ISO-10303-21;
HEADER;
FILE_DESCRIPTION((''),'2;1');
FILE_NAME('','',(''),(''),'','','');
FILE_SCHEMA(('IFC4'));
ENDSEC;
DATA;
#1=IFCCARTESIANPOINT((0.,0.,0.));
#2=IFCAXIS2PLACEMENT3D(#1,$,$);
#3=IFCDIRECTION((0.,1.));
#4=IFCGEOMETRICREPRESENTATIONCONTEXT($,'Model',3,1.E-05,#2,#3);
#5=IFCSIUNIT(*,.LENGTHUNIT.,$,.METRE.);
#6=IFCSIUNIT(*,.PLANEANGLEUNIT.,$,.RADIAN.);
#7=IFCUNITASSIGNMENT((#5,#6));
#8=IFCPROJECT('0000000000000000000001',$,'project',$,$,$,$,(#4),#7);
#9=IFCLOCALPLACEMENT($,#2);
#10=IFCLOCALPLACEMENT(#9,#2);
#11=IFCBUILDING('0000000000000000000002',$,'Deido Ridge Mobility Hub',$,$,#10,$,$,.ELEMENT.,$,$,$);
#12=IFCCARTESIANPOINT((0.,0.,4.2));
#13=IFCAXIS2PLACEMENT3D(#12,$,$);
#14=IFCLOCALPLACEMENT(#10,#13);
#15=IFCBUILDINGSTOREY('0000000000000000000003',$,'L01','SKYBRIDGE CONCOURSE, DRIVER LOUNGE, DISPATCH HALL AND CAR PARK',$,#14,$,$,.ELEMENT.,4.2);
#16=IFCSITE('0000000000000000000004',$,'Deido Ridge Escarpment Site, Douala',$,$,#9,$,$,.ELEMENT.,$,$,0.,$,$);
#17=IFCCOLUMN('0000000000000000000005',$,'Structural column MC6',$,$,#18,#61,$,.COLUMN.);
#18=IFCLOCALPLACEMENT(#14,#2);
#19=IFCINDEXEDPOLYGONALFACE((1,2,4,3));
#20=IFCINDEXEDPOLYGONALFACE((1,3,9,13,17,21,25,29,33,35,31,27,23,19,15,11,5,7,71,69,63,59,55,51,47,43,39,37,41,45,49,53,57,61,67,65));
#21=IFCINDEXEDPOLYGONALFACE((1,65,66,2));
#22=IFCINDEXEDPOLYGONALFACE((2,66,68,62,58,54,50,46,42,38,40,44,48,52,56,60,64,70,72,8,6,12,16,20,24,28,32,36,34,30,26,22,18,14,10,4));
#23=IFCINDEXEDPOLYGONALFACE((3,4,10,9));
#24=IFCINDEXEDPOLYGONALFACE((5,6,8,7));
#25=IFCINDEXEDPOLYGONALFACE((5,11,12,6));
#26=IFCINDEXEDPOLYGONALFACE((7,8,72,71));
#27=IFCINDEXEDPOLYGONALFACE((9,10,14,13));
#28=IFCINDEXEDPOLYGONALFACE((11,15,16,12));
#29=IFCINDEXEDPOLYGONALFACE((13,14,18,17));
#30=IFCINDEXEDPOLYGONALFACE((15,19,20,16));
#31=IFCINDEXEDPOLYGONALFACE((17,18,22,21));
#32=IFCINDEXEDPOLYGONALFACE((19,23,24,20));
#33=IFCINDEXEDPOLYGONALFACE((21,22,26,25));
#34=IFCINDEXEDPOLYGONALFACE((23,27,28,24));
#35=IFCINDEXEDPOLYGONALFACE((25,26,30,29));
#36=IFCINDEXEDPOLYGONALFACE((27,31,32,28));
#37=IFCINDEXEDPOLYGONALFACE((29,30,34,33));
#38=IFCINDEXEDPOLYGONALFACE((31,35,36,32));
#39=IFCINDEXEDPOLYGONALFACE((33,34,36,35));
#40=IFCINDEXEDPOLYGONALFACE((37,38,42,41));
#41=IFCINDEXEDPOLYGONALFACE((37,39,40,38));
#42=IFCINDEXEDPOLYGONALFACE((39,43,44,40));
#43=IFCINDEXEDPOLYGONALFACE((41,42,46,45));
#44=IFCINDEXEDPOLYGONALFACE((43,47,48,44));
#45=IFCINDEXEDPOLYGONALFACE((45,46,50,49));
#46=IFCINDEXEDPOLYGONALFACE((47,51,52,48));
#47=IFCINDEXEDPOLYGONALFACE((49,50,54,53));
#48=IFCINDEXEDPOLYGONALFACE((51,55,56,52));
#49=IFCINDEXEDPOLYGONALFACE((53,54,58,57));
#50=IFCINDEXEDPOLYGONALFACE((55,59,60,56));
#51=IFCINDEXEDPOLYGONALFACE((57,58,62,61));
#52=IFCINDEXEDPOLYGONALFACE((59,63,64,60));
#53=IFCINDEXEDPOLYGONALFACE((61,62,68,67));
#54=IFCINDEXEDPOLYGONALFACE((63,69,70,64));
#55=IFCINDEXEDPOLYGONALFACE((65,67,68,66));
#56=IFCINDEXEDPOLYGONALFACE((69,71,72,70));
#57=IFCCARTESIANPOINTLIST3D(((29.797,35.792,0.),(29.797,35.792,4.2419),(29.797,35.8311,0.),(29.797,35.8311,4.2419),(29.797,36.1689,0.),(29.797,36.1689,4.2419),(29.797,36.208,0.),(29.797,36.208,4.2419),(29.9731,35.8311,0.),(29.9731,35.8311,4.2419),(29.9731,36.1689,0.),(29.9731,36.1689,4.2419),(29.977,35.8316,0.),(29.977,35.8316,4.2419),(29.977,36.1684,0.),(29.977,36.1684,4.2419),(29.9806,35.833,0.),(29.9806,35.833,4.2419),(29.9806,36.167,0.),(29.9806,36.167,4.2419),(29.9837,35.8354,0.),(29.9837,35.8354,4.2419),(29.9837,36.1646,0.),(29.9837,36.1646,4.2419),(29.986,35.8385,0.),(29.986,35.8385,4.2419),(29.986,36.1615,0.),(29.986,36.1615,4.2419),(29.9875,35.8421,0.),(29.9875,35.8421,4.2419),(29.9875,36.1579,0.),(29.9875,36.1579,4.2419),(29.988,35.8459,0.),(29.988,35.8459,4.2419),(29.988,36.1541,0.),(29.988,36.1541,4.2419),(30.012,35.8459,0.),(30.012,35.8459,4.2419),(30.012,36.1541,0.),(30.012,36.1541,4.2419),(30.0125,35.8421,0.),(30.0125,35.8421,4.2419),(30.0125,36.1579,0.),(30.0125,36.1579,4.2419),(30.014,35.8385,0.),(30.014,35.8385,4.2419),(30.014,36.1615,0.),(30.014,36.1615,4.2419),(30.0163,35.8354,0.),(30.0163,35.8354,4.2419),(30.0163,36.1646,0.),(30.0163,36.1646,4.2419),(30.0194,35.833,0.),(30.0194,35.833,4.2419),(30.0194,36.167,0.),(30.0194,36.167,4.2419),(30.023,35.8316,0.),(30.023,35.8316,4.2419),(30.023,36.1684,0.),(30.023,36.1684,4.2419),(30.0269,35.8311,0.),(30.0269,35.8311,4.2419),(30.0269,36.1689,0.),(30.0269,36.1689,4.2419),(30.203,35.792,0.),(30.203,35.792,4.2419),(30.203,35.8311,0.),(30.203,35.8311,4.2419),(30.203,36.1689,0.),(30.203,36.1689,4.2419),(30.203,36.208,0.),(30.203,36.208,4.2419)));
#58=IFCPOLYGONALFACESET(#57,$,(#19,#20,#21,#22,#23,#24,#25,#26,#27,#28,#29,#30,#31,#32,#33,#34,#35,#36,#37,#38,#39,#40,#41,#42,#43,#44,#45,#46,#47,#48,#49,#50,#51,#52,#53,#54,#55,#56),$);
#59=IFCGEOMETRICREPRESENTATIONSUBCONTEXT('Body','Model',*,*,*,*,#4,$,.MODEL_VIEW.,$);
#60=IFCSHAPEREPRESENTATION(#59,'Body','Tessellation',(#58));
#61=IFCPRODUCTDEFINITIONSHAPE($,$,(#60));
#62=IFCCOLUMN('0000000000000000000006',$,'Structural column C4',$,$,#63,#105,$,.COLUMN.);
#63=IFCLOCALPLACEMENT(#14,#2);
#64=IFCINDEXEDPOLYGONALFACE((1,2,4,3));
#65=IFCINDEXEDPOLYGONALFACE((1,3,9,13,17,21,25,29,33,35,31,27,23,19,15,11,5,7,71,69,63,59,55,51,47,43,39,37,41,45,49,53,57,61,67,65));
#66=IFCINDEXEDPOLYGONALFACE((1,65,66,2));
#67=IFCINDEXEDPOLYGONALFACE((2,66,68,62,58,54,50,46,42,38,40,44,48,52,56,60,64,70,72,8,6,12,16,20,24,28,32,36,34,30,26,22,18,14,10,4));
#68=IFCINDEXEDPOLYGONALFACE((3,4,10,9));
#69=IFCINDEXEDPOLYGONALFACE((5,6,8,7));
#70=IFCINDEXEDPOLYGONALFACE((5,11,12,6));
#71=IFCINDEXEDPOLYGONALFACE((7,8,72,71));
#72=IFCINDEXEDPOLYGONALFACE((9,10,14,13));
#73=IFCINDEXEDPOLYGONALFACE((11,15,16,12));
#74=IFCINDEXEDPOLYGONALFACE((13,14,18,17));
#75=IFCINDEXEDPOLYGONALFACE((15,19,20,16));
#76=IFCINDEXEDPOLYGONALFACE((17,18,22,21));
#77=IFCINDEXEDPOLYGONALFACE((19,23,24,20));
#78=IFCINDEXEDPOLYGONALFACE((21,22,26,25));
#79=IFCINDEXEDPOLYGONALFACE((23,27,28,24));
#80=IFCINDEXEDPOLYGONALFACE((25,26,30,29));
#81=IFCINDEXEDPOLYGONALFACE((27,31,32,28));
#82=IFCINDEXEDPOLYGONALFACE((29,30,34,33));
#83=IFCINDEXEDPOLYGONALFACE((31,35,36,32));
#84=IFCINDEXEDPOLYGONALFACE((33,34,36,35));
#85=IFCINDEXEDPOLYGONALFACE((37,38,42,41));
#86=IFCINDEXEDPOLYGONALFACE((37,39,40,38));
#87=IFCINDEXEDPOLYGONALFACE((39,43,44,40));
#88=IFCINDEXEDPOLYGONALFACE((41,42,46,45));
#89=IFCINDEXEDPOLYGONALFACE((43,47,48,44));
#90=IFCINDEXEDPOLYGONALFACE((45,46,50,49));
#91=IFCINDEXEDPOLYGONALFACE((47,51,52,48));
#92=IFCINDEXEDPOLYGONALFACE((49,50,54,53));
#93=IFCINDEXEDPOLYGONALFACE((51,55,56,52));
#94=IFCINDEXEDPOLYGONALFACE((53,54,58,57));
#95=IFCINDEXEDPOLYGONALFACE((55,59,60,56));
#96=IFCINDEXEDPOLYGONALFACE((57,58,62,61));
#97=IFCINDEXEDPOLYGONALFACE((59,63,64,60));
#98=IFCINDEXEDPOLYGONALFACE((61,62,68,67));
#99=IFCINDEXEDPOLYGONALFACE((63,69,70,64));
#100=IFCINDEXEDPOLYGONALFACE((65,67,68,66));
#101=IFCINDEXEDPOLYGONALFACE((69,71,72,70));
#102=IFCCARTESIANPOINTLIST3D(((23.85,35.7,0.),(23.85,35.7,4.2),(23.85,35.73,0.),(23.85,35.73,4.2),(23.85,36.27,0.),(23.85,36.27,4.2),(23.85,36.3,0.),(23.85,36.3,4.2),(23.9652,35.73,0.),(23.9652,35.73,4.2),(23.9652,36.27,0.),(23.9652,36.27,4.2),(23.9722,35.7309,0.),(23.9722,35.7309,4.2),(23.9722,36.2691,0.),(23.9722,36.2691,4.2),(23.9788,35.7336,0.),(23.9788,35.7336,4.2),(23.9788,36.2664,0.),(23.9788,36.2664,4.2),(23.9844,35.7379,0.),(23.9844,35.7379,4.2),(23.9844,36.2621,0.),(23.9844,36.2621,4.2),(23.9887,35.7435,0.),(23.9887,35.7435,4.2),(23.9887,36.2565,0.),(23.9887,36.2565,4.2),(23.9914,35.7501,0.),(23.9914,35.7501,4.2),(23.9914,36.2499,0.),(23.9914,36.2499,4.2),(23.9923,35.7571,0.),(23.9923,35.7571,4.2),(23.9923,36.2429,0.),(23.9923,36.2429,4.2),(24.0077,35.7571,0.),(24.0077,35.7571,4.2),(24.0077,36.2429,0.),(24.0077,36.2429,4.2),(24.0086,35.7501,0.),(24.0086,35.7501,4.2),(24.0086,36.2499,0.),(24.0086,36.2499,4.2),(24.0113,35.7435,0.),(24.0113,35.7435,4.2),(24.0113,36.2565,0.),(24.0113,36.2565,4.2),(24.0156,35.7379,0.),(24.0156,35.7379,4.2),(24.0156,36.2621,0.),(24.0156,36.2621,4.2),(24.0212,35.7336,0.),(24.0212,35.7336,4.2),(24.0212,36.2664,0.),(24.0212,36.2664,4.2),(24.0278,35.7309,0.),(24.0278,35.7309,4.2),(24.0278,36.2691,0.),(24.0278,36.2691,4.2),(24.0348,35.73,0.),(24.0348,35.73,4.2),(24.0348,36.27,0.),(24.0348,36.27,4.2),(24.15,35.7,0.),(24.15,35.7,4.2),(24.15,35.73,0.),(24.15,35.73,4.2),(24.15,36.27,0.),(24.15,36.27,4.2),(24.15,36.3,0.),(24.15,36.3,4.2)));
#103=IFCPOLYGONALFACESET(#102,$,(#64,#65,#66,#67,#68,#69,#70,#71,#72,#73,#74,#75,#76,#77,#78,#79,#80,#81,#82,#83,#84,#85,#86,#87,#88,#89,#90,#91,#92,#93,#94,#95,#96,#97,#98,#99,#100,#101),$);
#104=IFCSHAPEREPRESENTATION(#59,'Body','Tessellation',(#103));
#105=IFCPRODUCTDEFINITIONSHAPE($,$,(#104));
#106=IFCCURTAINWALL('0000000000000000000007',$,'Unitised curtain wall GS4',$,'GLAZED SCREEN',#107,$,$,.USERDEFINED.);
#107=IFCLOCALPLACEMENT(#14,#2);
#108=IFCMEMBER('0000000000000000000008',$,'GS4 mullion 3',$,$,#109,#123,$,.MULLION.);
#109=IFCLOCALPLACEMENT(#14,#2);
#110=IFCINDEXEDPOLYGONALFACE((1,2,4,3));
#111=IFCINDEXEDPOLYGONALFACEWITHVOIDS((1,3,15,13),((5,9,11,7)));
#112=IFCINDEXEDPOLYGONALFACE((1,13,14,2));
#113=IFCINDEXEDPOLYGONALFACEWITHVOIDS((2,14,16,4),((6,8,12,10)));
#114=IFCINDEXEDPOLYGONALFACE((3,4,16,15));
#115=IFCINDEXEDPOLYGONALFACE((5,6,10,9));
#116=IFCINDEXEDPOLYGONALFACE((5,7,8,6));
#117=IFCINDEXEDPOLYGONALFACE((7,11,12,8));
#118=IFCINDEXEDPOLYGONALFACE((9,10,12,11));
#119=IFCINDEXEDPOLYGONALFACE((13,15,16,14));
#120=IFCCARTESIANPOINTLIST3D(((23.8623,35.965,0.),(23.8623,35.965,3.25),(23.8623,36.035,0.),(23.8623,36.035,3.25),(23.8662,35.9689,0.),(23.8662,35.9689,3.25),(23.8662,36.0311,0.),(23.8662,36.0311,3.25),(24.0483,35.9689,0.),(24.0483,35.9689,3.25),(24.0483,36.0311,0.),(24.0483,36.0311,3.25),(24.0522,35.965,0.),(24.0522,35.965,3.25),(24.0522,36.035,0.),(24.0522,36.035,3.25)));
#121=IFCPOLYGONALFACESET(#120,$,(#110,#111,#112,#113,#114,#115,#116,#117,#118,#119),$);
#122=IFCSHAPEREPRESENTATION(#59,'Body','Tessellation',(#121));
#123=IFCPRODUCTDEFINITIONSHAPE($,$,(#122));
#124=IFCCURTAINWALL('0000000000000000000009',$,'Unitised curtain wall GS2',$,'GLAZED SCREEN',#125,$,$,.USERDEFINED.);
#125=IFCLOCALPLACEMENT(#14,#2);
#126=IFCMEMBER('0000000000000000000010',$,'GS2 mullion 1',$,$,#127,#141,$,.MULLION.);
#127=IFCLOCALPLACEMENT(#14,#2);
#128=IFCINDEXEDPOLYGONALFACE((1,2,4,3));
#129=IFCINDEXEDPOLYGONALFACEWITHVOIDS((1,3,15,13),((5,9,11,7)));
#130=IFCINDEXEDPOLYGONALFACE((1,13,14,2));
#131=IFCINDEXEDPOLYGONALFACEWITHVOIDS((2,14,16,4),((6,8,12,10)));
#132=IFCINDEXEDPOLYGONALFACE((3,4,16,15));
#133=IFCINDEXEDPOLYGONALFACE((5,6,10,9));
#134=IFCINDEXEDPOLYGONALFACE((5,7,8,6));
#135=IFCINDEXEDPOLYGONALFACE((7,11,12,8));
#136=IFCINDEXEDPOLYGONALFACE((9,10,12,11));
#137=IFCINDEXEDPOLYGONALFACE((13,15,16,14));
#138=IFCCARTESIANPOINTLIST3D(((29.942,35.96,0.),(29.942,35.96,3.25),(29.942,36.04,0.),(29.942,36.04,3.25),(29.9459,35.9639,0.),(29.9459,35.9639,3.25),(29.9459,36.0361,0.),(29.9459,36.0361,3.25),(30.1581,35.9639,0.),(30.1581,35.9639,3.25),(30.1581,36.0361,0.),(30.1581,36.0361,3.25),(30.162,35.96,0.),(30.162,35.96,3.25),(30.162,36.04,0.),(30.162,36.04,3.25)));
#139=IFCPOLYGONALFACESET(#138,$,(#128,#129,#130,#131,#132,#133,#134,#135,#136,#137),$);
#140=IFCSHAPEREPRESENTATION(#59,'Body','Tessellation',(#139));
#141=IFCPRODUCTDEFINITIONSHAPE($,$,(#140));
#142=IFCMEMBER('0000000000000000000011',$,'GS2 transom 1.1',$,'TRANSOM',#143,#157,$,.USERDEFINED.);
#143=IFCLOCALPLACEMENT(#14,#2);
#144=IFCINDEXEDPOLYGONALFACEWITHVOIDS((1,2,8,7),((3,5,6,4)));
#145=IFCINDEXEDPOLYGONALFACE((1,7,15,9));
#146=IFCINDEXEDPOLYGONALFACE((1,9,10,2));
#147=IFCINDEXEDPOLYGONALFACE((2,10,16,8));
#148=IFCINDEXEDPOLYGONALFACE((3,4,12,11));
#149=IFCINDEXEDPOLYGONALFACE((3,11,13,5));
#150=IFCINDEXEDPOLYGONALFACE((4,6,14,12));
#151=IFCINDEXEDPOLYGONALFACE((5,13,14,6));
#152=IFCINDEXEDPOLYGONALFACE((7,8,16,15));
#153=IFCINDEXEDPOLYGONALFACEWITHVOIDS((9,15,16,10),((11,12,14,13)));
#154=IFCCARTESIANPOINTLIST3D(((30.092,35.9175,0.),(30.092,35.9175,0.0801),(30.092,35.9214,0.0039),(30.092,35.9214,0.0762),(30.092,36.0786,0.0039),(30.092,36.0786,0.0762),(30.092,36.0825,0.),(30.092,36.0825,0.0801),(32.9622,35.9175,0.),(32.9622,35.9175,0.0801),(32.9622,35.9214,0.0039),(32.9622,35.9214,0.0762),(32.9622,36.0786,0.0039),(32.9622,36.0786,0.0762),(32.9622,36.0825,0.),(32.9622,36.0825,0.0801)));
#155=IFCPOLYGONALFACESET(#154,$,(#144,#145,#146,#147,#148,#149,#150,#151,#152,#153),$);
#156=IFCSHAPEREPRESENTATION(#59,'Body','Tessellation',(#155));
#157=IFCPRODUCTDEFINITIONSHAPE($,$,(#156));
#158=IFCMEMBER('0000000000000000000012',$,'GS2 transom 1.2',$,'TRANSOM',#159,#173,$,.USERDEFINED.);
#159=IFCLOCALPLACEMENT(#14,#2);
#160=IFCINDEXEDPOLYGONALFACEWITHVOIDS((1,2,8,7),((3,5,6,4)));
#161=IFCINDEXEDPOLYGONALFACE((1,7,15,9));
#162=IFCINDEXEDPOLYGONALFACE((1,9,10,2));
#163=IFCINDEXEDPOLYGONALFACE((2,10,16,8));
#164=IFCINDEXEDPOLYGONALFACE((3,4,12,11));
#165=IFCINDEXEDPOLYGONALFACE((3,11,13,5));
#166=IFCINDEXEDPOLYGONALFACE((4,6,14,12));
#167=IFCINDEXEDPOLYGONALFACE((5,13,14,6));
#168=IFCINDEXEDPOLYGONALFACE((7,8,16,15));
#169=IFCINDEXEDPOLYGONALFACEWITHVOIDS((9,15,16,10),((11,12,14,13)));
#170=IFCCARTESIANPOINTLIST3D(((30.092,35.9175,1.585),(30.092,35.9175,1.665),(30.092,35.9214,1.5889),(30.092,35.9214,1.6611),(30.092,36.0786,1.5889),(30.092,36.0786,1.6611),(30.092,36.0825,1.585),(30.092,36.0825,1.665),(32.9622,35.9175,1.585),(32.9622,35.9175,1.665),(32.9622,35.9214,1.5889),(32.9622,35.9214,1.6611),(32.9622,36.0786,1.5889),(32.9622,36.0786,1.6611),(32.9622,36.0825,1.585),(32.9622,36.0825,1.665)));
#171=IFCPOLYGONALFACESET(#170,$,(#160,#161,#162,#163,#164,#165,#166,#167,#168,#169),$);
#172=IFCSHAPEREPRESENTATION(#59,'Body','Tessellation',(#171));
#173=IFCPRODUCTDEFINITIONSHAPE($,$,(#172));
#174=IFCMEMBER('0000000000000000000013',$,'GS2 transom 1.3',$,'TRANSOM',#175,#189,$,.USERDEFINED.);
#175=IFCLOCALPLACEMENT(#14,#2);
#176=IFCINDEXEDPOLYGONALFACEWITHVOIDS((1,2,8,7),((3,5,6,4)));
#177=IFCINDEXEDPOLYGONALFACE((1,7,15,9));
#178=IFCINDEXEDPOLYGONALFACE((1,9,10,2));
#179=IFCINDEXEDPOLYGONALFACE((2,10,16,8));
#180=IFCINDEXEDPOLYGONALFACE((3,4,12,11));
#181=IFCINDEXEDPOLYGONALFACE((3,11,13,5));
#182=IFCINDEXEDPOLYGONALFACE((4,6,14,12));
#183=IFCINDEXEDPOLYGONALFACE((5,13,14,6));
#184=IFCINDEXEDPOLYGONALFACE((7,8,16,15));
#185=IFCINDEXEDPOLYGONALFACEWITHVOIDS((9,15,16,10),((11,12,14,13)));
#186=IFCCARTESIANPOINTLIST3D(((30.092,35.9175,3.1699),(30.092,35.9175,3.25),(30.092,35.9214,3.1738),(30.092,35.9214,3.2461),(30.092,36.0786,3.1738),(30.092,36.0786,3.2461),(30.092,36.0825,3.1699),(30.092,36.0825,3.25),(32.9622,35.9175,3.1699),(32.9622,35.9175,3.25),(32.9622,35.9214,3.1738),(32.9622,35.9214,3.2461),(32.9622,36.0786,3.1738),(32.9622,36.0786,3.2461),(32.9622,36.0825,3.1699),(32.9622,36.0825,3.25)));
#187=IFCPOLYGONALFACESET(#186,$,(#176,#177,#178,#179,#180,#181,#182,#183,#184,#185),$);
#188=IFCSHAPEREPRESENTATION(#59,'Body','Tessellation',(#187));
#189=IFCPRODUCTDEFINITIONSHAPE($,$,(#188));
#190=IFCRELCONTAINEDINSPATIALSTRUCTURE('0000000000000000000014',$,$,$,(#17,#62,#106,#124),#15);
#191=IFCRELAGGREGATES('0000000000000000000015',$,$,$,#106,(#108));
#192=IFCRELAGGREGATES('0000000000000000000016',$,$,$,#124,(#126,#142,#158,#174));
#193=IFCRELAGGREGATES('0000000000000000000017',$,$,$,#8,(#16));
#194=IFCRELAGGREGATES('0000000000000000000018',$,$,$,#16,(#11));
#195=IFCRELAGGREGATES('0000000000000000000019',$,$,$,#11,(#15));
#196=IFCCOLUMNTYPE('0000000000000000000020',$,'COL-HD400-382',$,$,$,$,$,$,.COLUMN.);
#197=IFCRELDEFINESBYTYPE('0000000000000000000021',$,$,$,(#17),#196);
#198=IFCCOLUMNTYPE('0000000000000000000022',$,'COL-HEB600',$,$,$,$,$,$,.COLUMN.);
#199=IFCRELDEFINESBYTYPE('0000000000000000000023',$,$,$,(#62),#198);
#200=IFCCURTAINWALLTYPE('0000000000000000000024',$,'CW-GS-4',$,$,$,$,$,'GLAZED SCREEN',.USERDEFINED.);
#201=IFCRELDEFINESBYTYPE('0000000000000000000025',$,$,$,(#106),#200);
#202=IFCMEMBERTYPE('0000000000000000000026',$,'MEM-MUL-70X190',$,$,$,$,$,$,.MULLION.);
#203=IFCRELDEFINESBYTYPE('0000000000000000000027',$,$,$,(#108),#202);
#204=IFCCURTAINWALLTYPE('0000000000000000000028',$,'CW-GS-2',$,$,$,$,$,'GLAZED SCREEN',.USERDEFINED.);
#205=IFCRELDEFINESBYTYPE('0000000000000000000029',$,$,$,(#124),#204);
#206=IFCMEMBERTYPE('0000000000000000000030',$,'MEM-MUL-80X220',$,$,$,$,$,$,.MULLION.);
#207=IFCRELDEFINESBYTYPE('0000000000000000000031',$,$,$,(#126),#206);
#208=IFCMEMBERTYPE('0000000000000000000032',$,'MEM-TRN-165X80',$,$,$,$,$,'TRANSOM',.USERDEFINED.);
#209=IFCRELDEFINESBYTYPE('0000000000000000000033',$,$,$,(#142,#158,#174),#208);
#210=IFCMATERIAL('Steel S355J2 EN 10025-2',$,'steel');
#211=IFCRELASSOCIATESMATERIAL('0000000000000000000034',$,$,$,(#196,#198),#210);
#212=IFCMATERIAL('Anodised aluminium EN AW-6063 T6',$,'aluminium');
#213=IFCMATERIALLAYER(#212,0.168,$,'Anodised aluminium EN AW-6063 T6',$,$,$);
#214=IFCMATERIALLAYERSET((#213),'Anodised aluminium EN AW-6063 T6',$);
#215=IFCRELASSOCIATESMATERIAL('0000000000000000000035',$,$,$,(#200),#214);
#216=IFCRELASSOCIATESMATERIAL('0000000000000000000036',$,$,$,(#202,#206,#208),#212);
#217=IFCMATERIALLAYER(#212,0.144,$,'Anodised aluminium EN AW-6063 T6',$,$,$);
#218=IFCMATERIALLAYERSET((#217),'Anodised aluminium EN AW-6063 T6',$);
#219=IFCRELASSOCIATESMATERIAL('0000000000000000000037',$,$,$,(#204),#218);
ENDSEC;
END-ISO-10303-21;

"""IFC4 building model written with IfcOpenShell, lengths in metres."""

from ifc_helpers import new_model, si_unit, direction, frame, origin, origin_2d, place, context, subcontext, project, spatial, hollow_rectangle, i_section, extrude, material, layer, layer_set, material_profile, profile_set, type_object, element, aggregate, save


model = new_model("IFC4")

# Units and contexts
model_context = context("Model", 3, precision=1e-05, world=origin(), true_north=direction((0.0, 1.0)))
body_context = subcontext(model_context, "Body", "Model", "MODEL_VIEW")
ifc_project = project(units=[si_unit("LENGTHUNIT", "METRE"), si_unit("PLANEANGLEUNIT", "RADIAN")], contexts=[model_context])

# Site, building, storey
site_placement = place(None, origin())
site = spatial("IfcSite", under=ifc_project, at=site_placement, Name="Deido Ridge Escarpment Site, Douala", CompositionType="ELEMENT", RefElevation=0.0)
building_placement = place(site_placement, origin())
building = spatial("IfcBuilding", under=site, at=building_placement, Name="Deido Ridge Mobility Hub", CompositionType="ELEMENT")
storey_placement = place(building_placement, frame((0.0, 0.0, 4.2)))
storey = spatial("IfcBuildingStorey", under=building, at=storey_placement, Name="L01", Description="SKYBRIDGE CONCOURSE, DRIVER LOUNGE, DISPATCH HALL AND CAR PARK", CompositionType="ELEMENT", Elevation=4.2)

# Columns
ifc_material_1 = material(Name="Steel S355J2 EN 10025-2", Category="steel")
ifc_material_profile_1 = material_profile(ifc_material_1, i_section(OverallWidth=0.406, OverallDepth=0.416, WebThickness=0.0239, FlangeThickness=0.0391, FilletRadius=0.0149, at=origin_2d()), Name="HD 400x382")
ifc_profile_set_1 = profile_set([ifc_material_profile_1], Name="Steel S355J2 EN 10025-2")
column_type_1 = type_object("IfcColumnType", Name="COL-HD400-382", PredefinedType="COLUMN", material=ifc_profile_set_1)
column_1_placement = place(storey_placement, frame((30.0, 36.0, 0.0), z_axis=(0.0, 0.0, 1.0), x_axis=(1.0, 0.0, 0.0)))
element("IfcColumn", 1, at=column_1_placement, inside=storey, type_object=column_type_1, Name="Structural column MC6", PredefinedType="COLUMN", context=body_context, shape_type="SweptSolid", body=[
    extrude(i_section(OverallWidth=0.406, OverallDepth=0.416, WebThickness=0.0239, FlangeThickness=0.0391, FilletRadius=0.0149, at=origin_2d()), origin(), (0.0, 0.0, 1.0), 4.2419),
])
ifc_material_profile_2 = material_profile(ifc_material_1, i_section(OverallWidth=0.3, OverallDepth=0.6001, WebThickness=0.0154, FlangeThickness=0.03, FilletRadius=0.0271, at=origin_2d()), Name="HEB 600")
ifc_profile_set_2 = profile_set([ifc_material_profile_2], Name="Steel S355J2 EN 10025-2")
column_type_2 = type_object("IfcColumnType", Name="COL-HEB600", PredefinedType="COLUMN", material=ifc_profile_set_2)
column_2_placement = place(storey_placement, frame((24.0, 36.0, 0.0), z_axis=(0.0, 0.0, 1.0), x_axis=(1.0, 0.0, 0.0)))
element("IfcColumn", 2, at=column_2_placement, inside=storey, type_object=column_type_2, Name="Structural column C4", PredefinedType="COLUMN", context=body_context, shape_type="SweptSolid", body=[
    extrude(i_section(OverallWidth=0.3, OverallDepth=0.6001, WebThickness=0.0154, FlangeThickness=0.03, FilletRadius=0.0271, at=origin_2d()), origin(), (0.0, 0.0, 1.0), 4.2),
])

# Curtain wall, member
ifc_material_2 = material(Name="Anodised aluminium EN AW-6063 T6", Category="aluminium")
ifc_layer_1 = layer(ifc_material_2, 0.168, Name="Anodised aluminium EN AW-6063 T6")
ifc_layer_set_1 = layer_set([ifc_layer_1], Name="Anodised aluminium EN AW-6063 T6")
curtain_wall_type_1 = type_object("IfcCurtainWallType", Name="CW-GS-4", ElementType="GLAZED SCREEN", PredefinedType="USERDEFINED", material=ifc_layer_set_1)
curtain_wall_1_placement = place(storey_placement, origin())
curtain_wall_1 = element("IfcCurtainWall", 3, at=curtain_wall_1_placement, inside=storey, type_object=curtain_wall_type_1, Name="Unitised curtain wall GS4", ObjectType="GLAZED SCREEN", PredefinedType="USERDEFINED")
ifc_material_profile_3 = material_profile(ifc_material_2, hollow_rectangle(XDim=0.0701, YDim=0.1899, WallThickness=0.0039, at=origin_2d()), Name="RHS 70x190x4")
ifc_profile_set_3 = profile_set([ifc_material_profile_3], Name="Anodised aluminium EN AW-6063 T6")
member_type_1 = type_object("IfcMemberType", Name="MEM-MUL-70X190", PredefinedType="MULLION", material=ifc_profile_set_3)
member_1_placement = place(storey_placement, frame((23.9573, 36.0, 0.0), z_axis=(0.0, 0.0, 1.0), x_axis=(0.0, 1.0, 0.0)))
member_1 = element("IfcMember", 4, at=member_1_placement, type_object=member_type_1, Name="GS4 mullion 3", PredefinedType="MULLION", context=body_context, shape_type="SweptSolid", body=[
    extrude(hollow_rectangle(XDim=0.0701, YDim=0.1899, WallThickness=0.0039, at=origin_2d()), origin(), (0.0, 0.0, 1.0), 3.25),
])

# Curtain wall, members
ifc_layer_2 = layer(ifc_material_2, 0.144, Name="Anodised aluminium EN AW-6063 T6")
ifc_layer_set_2 = layer_set([ifc_layer_2], Name="Anodised aluminium EN AW-6063 T6")
curtain_wall_type_2 = type_object("IfcCurtainWallType", Name="CW-GS-2", ElementType="GLAZED SCREEN", PredefinedType="USERDEFINED", material=ifc_layer_set_2)
curtain_wall_2_placement = place(storey_placement, origin())
curtain_wall_2 = element("IfcCurtainWall", 5, at=curtain_wall_2_placement, inside=storey, type_object=curtain_wall_type_2, Name="Unitised curtain wall GS2", ObjectType="GLAZED SCREEN", PredefinedType="USERDEFINED")
ifc_material_profile_4 = material_profile(ifc_material_2, hollow_rectangle(XDim=0.0801, YDim=0.22, WallThickness=0.0039, at=origin_2d()), Name="RHS 80x220x4")
ifc_profile_set_4 = profile_set([ifc_material_profile_4], Name="Anodised aluminium EN AW-6063 T6")
member_type_2 = type_object("IfcMemberType", Name="MEM-MUL-80X220", PredefinedType="MULLION", material=ifc_profile_set_4)
member_2_placement = place(storey_placement, frame((30.052, 36.0, 0.0), z_axis=(0.0, 0.0, 1.0), x_axis=(0.0, 1.0, 0.0)))
member_2 = element("IfcMember", 6, at=member_2_placement, type_object=member_type_2, Name="GS2 mullion 1", PredefinedType="MULLION", context=body_context, shape_type="SweptSolid", body=[
    extrude(hollow_rectangle(XDim=0.0801, YDim=0.22, WallThickness=0.0039, at=origin_2d()), origin(), (0.0, 0.0, 1.0), 3.25),
])
ifc_material_profile_5 = material_profile(ifc_material_2, hollow_rectangle(XDim=0.165, YDim=0.0801, WallThickness=0.0039, at=origin_2d()), Name="RHS 165x80x4")
ifc_profile_set_5 = profile_set([ifc_material_profile_5], Name="Anodised aluminium EN AW-6063 T6")
member_type_3 = type_object("IfcMemberType", Name="MEM-TRN-165X80", ElementType="TRANSOM", PredefinedType="USERDEFINED", material=ifc_profile_set_5)
member_3_placement = place(storey_placement, frame((30.092, 36.0, 0.04), z_axis=(1.0, 0.0, 0.0), x_axis=(0.0, 1.0, 0.0)))
member_3 = element("IfcMember", 7, at=member_3_placement, type_object=member_type_3, Name="GS2 transom 1.1", ObjectType="TRANSOM", PredefinedType="USERDEFINED", context=body_context, shape_type="SweptSolid", body=[
    extrude(hollow_rectangle(XDim=0.165, YDim=0.0801, WallThickness=0.0039, at=origin_2d()), origin(), (0.0, 0.0, 1.0), 2.8701),
])
member_4_placement = place(storey_placement, frame((30.092, 36.0, 1.625), z_axis=(1.0, 0.0, 0.0), x_axis=(0.0, 1.0, 0.0)))
member_4 = element("IfcMember", 8, at=member_4_placement, type_object=member_type_3, Name="GS2 transom 1.2", ObjectType="TRANSOM", PredefinedType="USERDEFINED", context=body_context, shape_type="SweptSolid", body=[
    extrude(hollow_rectangle(XDim=0.165, YDim=0.0801, WallThickness=0.0039, at=origin_2d()), origin(), (0.0, 0.0, 1.0), 2.8701),
])
member_5_placement = place(storey_placement, frame((30.092, 36.0, 3.21), z_axis=(1.0, 0.0, 0.0), x_axis=(0.0, 1.0, 0.0)))
member_5 = element("IfcMember", 9, at=member_5_placement, type_object=member_type_3, Name="GS2 transom 1.3", ObjectType="TRANSOM", PredefinedType="USERDEFINED", context=body_context, shape_type="SweptSolid", body=[
    extrude(hollow_rectangle(XDim=0.165, YDim=0.0801, WallThickness=0.0039, at=origin_2d()), origin(), (0.0, 0.0, 1.0), 2.8701),
])

aggregate(curtain_wall_1, [member_1])

aggregate(curtain_wall_2, [member_2, member_3, member_4, member_5])

save(model, "model.ifc")
